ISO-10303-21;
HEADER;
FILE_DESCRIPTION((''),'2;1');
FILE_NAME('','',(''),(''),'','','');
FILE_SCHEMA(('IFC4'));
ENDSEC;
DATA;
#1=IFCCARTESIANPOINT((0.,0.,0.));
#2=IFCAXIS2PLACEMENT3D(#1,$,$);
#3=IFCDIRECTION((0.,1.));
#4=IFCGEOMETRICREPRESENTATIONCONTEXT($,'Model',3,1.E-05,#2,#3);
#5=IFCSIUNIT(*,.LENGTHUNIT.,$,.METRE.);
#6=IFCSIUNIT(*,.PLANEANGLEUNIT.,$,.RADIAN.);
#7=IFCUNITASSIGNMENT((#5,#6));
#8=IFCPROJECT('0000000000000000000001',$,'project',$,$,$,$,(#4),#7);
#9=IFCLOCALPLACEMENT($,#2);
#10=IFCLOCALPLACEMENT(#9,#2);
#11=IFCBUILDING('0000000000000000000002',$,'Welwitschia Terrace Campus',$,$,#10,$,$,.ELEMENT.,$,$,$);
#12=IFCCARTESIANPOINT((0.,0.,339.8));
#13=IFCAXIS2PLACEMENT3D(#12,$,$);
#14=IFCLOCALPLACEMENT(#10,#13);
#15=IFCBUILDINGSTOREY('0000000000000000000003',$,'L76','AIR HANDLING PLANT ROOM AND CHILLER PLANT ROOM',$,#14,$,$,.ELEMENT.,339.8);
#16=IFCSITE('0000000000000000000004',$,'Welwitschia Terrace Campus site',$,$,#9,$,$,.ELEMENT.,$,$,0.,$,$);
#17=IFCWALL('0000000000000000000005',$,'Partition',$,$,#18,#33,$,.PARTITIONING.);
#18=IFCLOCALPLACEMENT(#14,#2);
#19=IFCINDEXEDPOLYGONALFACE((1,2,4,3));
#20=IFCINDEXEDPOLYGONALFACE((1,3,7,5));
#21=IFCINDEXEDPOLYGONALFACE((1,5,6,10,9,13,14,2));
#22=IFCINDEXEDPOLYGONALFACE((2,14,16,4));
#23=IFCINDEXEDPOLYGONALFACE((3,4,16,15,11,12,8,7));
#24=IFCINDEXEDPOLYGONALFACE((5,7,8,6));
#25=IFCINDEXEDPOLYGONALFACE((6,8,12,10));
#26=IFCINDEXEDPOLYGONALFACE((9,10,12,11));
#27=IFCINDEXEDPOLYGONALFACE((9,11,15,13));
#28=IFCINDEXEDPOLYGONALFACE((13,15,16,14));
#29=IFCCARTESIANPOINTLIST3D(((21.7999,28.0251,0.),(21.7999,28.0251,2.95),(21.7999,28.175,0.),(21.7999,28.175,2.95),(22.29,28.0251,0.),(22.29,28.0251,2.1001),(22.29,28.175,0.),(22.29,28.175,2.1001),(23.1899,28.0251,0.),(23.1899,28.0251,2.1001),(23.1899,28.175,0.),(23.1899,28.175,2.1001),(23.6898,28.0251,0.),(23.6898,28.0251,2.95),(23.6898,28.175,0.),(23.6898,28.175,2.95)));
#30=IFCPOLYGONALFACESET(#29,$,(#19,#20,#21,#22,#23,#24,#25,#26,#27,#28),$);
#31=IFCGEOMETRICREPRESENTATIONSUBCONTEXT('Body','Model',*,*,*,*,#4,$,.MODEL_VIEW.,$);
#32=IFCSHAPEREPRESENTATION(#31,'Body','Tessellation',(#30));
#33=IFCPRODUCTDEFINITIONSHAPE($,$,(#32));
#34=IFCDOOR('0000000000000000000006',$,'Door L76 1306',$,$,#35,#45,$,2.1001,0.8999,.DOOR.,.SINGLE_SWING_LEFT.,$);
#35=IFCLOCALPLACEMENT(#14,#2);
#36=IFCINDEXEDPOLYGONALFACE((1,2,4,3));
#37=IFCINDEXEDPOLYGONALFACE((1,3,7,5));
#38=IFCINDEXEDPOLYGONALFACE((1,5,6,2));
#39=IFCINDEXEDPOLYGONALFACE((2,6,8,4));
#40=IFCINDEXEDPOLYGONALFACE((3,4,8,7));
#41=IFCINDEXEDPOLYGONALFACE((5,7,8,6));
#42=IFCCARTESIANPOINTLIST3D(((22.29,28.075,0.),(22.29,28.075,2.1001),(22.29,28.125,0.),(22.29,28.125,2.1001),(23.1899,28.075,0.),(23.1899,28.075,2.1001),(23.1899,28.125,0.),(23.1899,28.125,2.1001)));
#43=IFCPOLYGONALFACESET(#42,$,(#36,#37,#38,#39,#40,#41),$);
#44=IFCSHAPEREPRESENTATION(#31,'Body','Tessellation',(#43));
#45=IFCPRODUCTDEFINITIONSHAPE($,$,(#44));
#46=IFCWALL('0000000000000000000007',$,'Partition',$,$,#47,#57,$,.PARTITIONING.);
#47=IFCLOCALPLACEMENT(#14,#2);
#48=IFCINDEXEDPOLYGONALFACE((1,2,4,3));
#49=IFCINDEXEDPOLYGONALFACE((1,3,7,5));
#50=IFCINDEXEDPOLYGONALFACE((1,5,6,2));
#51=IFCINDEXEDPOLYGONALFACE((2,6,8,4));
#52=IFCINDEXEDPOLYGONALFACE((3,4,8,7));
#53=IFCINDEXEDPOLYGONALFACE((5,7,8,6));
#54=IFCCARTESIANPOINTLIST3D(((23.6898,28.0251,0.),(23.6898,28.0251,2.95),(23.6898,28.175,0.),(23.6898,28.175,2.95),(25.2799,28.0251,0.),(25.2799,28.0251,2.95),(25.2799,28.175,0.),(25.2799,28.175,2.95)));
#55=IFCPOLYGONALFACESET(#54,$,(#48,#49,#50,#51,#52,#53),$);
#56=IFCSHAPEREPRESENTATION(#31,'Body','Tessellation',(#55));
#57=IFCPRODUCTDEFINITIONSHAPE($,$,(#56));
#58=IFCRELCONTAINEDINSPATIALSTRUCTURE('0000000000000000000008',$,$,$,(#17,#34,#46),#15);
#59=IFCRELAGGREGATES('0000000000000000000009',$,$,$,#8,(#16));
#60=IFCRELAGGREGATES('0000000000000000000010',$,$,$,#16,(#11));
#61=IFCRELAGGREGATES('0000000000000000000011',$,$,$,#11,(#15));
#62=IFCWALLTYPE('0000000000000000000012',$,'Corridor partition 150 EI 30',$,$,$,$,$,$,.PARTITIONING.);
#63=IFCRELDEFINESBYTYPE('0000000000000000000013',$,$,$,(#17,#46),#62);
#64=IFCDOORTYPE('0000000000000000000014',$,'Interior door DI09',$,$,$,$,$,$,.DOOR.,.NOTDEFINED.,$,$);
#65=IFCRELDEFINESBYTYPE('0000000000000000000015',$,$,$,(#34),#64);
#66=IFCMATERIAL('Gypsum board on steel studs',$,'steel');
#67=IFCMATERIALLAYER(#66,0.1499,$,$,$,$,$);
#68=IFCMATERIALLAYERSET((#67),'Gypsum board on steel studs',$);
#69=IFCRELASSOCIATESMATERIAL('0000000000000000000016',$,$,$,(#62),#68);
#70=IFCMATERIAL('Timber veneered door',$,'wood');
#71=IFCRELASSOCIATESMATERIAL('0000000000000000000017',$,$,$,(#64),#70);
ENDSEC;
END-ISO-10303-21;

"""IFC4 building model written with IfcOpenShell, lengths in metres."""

from ifc_helpers import new_model, si_unit, direction, frame, frame_2d, origin, place, context, subcontext, project, spatial, rectangle, extrude, material, layer, layer_set, type_object, element, fill, save


model = new_model("IFC4")

# Units and contexts
model_context = context("Model", 3, precision=1e-05, world=origin(), true_north=direction((0.0, 1.0)))
body_context = subcontext(model_context, "Body", "Model", "MODEL_VIEW")
ifc_project = project(units=[si_unit("LENGTHUNIT", "METRE"), si_unit("PLANEANGLEUNIT", "RADIAN")], contexts=[model_context])

# Site, building, storey
site_placement = place(None, origin())
site = spatial("IfcSite", under=ifc_project, at=site_placement, Name="Welwitschia Terrace Campus site", CompositionType="ELEMENT", RefElevation=0.0)
building_placement = place(site_placement, origin())
building = spatial("IfcBuilding", under=site, at=building_placement, Name="Welwitschia Terrace Campus", CompositionType="ELEMENT")
storey_placement = place(building_placement, frame((0.0, 0.0, 339.8)))
storey = spatial("IfcBuildingStorey", under=building, at=storey_placement, Name="L76", Description="AIR HANDLING PLANT ROOM AND CHILLER PLANT ROOM", CompositionType="ELEMENT", Elevation=339.8)

# Shared definitions
ifc_material_1 = material(Name="Gypsum board on steel studs", Category="steel")
ifc_layer_1 = layer(ifc_material_1, 0.1499)
ifc_layer_set_1 = layer_set([ifc_layer_1], Name="Gypsum board on steel studs")
wall_type = type_object("IfcWallType", Name="Corridor partition 150 EI 30", PredefinedType="PARTITIONING", material=ifc_layer_set_1)
ifc_material_2 = material(Name="Timber veneered door", Category="wood")
door_type_1 = type_object("IfcDoorType", Name="Interior door DI09", OperationType="NOTDEFINED", PredefinedType="DOOR", material=ifc_material_2)

# Wall, opening, door
wall_1_placement = place(storey_placement, frame((21.8, 28.1001, 0.0), z_axis=(0.0, 0.0, 1.0), x_axis=(1.0, 0.0, 0.0)))
wall_1 = element("IfcWall", 1, at=wall_1_placement, inside=storey, type_object=wall_type, Name="Partition", PredefinedType="PARTITIONING", context=body_context, shape_type="SweptSolid", body=[
    extrude(rectangle(XDim=1.8899, YDim=0.1499, at=frame_2d((0.9448, 0.0))), origin(), (0.0, 0.0, 1.0), 2.95),
])
opening_1_placement = place(wall_1_placement, frame((0.49, 0.0, 0.0)))
opening_1 = element("IfcOpeningElement", 2, at=opening_1_placement, cuts=wall_1, PredefinedType="OPENING", context=body_context, shape_type="SweptSolid", body=[
    extrude(rectangle(XDim=0.8999, YDim=2.1001, at=frame_2d((0.45, 1.05))), frame((0.0, 0.085, 0.0), z_axis=(0.0, -1.0, 0.0), x_axis=(1.0, 0.0, 0.0)), (0.0, 0.0, 1.0), 0.1699),
])
door_1_placement = place(opening_1_placement, origin())
door_1 = element("IfcDoor", 3, at=door_1_placement, inside=storey, type_object=door_type_1, Name="Door L76 1306", OperationType="SINGLE_SWING_LEFT", OverallHeight=2.1001, OverallWidth=0.8999, PredefinedType="DOOR", context=body_context, shape_type="SweptSolid", body=[
    extrude(rectangle(XDim=0.8999, YDim=2.1001, at=frame_2d((0.45, 1.05))), frame((0.0, 0.0249, 0.0), z_axis=(0.0, -1.0, 0.0), x_axis=(1.0, 0.0, 0.0)), (0.0, 0.0, 1.0), 0.05),
])
fill(opening_1, door_1)

# Wall
wall_2_placement = place(storey_placement, frame((23.6899, 28.1001, 0.0), z_axis=(0.0, 0.0, 1.0), x_axis=(1.0, 0.0, 0.0)))
element("IfcWall", 4, at=wall_2_placement, inside=storey, type_object=wall_type, Name="Partition", PredefinedType="PARTITIONING", context=body_context, shape_type="SweptSolid", body=[
    extrude(rectangle(XDim=1.5901, YDim=0.1499, at=frame_2d((0.7949, 0.0))), origin(), (0.0, 0.0, 1.0), 2.95),
])

save(model, "model.ifc")
